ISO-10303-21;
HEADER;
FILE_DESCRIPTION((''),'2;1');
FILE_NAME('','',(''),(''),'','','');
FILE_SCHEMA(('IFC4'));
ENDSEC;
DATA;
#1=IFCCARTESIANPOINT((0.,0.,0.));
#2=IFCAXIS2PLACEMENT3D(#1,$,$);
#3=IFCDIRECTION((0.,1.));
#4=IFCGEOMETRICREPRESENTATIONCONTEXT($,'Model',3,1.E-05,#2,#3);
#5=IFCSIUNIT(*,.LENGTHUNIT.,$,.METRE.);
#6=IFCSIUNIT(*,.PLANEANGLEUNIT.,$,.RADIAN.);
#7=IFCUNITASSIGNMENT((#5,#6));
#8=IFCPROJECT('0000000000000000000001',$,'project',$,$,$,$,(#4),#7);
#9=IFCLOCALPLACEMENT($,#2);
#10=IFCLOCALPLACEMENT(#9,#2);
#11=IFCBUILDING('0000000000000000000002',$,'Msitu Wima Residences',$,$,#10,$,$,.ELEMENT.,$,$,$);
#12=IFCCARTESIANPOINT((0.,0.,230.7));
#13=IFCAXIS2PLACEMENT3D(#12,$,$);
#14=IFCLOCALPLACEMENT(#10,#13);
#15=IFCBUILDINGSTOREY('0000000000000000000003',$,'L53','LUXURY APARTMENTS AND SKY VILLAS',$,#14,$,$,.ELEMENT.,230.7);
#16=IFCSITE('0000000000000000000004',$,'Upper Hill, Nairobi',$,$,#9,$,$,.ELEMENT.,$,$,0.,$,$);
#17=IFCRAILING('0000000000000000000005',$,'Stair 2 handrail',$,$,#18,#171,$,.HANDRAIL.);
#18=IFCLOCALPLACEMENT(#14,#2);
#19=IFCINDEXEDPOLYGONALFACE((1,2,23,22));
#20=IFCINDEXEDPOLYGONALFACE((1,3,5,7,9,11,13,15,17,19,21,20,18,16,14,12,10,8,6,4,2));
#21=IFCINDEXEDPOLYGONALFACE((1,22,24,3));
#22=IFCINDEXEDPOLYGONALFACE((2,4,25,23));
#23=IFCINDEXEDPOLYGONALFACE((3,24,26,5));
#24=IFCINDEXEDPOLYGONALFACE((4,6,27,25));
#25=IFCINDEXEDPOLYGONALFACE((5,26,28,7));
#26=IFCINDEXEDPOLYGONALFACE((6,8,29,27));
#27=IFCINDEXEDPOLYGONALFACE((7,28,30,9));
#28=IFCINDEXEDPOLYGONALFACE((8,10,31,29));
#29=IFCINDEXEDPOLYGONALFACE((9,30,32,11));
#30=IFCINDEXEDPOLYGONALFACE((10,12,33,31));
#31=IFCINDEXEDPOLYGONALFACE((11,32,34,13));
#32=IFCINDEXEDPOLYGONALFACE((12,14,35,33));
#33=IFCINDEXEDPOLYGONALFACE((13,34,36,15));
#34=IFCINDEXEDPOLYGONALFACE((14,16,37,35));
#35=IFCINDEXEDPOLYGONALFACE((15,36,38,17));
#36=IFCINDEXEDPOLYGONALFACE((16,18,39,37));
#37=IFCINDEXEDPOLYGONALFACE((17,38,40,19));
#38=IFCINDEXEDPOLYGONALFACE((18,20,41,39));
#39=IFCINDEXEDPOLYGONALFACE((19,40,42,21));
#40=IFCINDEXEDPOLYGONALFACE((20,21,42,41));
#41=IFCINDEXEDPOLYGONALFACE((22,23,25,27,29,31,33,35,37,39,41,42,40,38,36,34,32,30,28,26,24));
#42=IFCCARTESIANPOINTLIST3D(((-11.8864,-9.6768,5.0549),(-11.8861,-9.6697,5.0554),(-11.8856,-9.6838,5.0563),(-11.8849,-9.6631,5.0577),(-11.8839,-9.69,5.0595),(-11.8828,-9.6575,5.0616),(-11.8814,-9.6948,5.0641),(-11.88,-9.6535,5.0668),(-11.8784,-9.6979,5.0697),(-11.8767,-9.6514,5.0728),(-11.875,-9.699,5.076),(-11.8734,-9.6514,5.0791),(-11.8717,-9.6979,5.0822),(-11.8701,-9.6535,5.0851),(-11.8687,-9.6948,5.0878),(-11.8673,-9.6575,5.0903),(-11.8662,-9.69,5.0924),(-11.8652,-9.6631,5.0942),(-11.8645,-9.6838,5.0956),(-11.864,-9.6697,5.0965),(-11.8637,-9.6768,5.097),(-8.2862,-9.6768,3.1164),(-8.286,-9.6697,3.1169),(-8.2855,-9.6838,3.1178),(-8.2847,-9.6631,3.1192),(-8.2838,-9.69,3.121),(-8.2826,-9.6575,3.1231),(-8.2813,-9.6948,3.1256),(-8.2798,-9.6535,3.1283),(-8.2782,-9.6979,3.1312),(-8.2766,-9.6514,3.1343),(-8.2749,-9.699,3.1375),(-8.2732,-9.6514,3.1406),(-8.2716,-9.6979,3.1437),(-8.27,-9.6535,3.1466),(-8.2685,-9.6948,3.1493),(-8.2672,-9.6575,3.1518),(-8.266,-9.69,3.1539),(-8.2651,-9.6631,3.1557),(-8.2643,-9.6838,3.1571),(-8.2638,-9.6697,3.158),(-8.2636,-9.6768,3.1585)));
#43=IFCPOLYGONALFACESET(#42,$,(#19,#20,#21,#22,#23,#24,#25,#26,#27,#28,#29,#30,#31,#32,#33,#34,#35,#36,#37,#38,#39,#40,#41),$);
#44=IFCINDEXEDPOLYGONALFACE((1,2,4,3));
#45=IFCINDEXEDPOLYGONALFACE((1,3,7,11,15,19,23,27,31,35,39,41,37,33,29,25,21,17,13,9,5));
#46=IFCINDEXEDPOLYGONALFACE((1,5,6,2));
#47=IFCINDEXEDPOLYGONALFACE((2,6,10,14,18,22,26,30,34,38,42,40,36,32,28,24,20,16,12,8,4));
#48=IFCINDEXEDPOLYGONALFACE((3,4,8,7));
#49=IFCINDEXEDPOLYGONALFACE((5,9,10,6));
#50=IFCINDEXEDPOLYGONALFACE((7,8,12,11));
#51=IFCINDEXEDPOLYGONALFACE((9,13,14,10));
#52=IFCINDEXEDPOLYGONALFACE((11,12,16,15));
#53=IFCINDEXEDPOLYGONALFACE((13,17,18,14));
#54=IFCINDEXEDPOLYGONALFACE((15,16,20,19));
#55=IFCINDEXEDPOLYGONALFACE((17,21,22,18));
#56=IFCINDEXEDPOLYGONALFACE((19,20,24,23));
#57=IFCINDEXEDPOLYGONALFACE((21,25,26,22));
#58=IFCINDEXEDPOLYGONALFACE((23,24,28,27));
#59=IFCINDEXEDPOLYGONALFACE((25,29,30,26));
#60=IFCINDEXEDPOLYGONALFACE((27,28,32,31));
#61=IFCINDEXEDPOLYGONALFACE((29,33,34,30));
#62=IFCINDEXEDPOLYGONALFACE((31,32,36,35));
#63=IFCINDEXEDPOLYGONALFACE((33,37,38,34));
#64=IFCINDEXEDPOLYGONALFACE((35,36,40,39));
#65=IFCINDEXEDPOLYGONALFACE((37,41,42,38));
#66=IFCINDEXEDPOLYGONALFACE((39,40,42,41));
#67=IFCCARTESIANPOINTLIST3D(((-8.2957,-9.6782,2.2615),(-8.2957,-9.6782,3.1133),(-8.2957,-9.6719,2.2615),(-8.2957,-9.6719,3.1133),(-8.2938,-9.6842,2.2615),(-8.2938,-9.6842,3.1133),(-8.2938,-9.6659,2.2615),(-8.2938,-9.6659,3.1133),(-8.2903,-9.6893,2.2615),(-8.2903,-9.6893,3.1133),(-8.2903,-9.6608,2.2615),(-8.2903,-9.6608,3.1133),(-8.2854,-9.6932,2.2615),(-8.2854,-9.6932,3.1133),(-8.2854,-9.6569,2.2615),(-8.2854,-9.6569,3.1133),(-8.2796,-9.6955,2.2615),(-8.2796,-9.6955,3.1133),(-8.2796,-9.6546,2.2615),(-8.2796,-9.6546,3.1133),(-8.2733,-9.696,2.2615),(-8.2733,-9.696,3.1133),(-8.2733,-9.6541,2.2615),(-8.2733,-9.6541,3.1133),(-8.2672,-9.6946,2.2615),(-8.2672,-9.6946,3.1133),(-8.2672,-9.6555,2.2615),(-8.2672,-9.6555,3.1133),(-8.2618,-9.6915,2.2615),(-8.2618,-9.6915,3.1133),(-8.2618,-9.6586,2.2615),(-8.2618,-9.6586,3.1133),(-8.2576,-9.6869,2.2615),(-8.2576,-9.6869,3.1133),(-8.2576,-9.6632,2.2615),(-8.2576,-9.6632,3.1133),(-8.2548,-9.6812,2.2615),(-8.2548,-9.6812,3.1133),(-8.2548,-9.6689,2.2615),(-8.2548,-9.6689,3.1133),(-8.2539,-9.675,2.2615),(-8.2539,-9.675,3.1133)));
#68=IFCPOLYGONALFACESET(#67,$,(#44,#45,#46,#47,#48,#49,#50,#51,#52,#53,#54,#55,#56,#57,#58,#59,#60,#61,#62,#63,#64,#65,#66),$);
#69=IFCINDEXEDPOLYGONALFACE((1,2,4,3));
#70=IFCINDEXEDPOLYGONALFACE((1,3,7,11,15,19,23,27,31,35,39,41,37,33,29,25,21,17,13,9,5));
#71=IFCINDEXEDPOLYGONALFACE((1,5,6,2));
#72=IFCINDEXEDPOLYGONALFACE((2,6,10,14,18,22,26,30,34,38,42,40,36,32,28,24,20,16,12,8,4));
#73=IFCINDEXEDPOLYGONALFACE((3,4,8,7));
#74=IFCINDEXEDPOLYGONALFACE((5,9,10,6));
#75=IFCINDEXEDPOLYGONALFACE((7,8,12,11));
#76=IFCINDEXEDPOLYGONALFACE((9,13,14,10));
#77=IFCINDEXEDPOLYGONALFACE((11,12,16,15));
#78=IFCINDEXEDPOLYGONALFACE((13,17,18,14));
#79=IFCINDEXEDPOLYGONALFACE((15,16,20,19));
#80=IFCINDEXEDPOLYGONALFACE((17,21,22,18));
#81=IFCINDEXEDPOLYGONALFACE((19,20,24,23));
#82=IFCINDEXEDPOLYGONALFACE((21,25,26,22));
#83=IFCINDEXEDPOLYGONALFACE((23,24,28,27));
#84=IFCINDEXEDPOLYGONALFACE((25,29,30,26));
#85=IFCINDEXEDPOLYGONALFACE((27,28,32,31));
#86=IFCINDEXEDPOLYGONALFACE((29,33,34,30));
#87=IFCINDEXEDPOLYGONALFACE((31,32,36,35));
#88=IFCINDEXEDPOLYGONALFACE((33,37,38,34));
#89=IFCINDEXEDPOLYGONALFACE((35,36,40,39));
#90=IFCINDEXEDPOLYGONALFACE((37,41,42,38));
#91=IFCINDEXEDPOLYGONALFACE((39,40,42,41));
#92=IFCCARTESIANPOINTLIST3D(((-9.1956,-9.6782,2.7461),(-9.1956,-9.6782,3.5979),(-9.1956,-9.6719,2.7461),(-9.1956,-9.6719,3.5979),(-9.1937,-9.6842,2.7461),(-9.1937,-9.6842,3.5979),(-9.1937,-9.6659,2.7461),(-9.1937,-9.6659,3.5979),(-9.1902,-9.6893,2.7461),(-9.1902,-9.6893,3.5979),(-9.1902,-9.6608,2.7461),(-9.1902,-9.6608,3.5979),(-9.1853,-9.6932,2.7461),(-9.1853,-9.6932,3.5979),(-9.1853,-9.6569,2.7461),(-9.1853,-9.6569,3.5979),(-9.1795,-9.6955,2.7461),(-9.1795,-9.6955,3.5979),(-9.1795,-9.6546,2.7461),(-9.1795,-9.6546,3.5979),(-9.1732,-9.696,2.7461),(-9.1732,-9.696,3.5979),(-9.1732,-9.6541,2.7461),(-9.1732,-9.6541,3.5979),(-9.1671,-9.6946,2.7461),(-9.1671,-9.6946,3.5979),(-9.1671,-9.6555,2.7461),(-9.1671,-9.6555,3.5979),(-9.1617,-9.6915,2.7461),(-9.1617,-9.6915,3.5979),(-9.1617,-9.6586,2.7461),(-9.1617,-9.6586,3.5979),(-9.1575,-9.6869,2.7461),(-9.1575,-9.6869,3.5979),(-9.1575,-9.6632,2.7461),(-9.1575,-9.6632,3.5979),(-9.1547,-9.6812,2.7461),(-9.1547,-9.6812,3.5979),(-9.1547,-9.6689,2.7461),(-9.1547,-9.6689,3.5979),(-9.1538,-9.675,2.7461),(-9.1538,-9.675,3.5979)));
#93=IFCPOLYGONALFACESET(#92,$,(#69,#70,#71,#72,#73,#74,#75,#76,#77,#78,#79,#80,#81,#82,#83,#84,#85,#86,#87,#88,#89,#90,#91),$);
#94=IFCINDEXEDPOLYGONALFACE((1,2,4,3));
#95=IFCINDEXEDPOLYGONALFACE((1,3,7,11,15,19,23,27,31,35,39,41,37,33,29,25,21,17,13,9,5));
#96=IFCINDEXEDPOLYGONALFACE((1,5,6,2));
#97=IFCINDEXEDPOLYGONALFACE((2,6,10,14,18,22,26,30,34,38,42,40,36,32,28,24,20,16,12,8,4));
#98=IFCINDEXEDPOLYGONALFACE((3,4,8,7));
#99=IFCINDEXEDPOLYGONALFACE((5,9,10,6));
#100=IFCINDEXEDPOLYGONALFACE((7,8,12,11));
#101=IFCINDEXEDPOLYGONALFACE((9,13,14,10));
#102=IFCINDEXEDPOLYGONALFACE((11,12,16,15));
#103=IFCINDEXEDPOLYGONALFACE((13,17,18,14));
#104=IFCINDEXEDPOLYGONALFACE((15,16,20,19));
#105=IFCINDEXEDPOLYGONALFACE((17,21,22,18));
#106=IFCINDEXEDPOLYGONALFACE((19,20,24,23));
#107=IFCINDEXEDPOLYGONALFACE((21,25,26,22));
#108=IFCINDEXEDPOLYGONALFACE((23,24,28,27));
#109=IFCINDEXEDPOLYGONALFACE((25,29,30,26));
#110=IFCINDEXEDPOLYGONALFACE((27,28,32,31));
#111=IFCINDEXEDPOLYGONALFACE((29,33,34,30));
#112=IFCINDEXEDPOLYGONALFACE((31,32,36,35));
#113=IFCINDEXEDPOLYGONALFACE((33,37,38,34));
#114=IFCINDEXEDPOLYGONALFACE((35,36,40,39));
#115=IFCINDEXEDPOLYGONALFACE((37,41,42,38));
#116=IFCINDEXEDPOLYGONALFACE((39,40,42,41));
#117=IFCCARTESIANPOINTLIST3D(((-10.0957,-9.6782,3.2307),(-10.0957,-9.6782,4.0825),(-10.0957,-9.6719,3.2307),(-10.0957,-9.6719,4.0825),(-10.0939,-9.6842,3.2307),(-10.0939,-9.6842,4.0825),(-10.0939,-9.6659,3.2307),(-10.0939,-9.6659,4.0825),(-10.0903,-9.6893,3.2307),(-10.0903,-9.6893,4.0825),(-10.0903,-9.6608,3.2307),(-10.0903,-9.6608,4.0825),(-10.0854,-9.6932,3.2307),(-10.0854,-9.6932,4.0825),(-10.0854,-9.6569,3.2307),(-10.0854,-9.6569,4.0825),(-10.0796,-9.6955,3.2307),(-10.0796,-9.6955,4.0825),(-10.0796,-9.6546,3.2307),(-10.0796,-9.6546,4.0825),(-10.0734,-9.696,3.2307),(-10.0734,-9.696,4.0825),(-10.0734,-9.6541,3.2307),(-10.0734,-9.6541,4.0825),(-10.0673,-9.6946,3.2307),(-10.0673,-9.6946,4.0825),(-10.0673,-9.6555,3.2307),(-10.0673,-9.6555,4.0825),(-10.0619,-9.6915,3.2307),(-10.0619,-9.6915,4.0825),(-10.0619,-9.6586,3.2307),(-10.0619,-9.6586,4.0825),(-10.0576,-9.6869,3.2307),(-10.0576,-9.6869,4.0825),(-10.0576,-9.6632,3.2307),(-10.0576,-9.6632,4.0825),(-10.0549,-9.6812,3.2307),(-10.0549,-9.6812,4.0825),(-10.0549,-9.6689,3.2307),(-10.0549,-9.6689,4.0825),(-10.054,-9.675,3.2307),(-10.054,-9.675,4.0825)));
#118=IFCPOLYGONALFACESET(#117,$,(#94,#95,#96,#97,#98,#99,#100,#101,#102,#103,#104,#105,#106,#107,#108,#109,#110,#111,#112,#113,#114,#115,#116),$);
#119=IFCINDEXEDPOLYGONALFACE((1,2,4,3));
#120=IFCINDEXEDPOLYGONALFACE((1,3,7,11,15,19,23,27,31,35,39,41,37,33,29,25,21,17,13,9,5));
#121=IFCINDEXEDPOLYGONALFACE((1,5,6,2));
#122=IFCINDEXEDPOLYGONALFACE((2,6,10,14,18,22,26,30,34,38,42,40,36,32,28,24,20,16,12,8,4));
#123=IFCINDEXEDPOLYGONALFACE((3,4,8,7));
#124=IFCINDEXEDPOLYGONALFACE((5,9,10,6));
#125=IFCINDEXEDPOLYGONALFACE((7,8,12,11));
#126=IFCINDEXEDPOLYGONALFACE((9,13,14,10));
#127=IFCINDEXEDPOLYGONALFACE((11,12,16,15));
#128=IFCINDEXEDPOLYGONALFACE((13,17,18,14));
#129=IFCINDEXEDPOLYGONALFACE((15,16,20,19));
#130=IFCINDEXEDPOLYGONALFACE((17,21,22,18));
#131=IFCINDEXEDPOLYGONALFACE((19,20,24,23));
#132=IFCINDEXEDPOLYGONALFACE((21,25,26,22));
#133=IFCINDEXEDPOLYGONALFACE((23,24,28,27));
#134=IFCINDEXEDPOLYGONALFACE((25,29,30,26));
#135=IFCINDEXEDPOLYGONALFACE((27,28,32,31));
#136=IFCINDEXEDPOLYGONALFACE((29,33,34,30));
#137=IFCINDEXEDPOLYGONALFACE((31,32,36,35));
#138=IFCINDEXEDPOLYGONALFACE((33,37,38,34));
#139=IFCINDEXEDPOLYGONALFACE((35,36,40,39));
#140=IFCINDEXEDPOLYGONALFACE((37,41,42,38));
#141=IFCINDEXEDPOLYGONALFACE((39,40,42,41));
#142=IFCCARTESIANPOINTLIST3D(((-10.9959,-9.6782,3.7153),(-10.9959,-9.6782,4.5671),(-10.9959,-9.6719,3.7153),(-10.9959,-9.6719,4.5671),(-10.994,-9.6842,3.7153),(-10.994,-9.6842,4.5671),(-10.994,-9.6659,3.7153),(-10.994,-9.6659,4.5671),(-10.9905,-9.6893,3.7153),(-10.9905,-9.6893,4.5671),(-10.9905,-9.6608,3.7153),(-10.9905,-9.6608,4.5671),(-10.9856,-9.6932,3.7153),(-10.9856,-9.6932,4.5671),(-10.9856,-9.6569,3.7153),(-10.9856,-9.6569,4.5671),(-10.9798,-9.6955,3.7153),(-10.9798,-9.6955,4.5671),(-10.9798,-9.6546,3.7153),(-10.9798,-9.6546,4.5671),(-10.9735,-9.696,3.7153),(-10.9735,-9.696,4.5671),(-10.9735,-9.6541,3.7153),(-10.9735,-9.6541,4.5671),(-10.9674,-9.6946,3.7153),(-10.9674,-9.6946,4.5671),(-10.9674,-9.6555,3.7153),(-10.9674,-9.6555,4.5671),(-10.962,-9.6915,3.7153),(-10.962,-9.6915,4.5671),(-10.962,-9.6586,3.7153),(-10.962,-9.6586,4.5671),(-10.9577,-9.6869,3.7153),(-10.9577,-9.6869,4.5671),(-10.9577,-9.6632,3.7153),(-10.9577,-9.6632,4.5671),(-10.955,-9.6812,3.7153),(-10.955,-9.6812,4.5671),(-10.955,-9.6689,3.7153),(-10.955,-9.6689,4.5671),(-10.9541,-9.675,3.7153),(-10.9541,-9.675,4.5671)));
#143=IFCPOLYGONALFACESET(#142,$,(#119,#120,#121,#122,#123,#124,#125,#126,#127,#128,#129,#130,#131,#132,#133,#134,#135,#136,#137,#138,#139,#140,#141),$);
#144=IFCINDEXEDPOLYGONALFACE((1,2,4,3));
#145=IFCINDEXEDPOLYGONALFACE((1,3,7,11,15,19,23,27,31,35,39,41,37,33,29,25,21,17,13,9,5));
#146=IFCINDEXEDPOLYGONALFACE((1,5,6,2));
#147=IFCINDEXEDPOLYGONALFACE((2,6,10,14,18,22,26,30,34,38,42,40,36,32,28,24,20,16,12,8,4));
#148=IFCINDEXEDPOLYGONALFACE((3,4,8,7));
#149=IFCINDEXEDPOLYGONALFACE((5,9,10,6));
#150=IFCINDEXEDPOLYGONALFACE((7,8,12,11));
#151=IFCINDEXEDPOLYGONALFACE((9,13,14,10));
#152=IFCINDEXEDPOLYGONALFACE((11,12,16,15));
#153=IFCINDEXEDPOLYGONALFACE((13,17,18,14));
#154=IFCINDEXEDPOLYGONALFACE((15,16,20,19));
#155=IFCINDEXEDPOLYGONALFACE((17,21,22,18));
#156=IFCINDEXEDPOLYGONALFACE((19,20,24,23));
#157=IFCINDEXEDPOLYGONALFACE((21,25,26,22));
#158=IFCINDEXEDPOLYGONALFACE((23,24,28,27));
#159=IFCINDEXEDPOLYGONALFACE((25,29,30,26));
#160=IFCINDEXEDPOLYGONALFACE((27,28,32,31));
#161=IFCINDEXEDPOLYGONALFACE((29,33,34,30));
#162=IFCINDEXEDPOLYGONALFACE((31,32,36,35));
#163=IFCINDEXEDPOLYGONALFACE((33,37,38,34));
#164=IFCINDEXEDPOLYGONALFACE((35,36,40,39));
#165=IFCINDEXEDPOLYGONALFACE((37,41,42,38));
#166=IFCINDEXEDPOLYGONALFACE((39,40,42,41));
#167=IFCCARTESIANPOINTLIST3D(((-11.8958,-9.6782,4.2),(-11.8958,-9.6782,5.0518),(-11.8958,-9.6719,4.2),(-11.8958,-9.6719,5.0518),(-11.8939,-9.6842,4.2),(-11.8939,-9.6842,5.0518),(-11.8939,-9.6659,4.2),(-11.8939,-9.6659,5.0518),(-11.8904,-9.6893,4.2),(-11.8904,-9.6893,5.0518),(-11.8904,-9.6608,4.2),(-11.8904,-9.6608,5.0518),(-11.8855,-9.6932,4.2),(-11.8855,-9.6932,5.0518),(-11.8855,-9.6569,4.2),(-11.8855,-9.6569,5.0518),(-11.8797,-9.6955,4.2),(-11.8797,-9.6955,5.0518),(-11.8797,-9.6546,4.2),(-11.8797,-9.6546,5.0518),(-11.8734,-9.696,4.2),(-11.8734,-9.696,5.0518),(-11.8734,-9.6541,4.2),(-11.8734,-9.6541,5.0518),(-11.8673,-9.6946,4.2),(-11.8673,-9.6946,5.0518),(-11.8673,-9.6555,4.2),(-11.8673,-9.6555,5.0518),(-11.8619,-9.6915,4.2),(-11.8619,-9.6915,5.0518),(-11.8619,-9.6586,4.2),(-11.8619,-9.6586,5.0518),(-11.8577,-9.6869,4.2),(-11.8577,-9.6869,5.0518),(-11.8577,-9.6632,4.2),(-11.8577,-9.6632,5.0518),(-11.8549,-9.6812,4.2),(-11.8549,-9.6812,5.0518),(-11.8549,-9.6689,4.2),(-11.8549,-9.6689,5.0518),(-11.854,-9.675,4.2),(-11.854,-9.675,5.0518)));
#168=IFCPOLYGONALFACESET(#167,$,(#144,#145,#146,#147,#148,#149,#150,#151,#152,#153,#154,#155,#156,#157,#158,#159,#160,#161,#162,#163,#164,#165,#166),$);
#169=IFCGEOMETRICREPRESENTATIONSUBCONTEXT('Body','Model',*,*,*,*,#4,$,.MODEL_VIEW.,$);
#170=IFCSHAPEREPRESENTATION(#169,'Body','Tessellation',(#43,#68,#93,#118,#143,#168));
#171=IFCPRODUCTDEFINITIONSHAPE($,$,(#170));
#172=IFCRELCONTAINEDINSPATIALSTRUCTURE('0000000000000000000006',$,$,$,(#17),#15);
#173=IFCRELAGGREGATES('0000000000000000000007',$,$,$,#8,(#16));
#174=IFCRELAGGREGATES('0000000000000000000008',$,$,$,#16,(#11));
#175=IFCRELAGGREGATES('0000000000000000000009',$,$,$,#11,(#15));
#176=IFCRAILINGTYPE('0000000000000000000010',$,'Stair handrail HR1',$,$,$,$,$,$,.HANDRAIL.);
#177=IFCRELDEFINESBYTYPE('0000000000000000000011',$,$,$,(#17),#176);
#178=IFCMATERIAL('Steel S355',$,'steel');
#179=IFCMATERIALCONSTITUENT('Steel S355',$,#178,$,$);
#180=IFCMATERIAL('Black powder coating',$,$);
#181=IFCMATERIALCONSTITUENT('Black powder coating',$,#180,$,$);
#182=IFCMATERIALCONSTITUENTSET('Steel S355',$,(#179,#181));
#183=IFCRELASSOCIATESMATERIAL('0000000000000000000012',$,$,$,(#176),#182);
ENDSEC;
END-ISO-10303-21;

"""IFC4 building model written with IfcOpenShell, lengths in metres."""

from ifc_helpers import new_model, si_unit, direction, frame, origin, origin_2d, place, context, subcontext, project, spatial, circle, extrude, material, constituent, constituent_set, type_object, element, save


model = new_model("IFC4")

# Units and contexts
model_context = context("Model", 3, precision=1e-05, world=origin(), true_north=direction((0.0, 1.0)))
body_context = subcontext(model_context, "Body", "Model", "MODEL_VIEW")
ifc_project = project(units=[si_unit("LENGTHUNIT", "METRE"), si_unit("PLANEANGLEUNIT", "RADIAN")], contexts=[model_context])

# Site, building, storey
site_placement = place(None, origin())
site = spatial("IfcSite", under=ifc_project, at=site_placement, Name="Upper Hill, Nairobi", CompositionType="ELEMENT", RefElevation=0.0)
building_placement = place(site_placement, origin())
building = spatial("IfcBuilding", under=site, at=building_placement, Name="Msitu Wima Residences", CompositionType="ELEMENT")
storey_placement = place(building_placement, frame((0.0, 0.0, 230.7)))
storey = spatial("IfcBuildingStorey", under=building, at=storey_placement, Name="L53", Description="LUXURY APARTMENTS AND SKY VILLAS", CompositionType="ELEMENT", Elevation=230.7)

# Railing
ifc_material_1 = material(Name="Steel S355", Category="steel")
ifc_constituent_1 = constituent(ifc_material_1, Name="Steel S355")
ifc_material_2 = material(Name="Black powder coating")
ifc_constituent_2 = constituent(ifc_material_2, Name="Black powder coating")
ifc_constituent_set = constituent_set(constituents=[ifc_constituent_1, ifc_constituent_2], Name="Steel S355")
railing_type = type_object("IfcRailingType", Name="Stair handrail HR1", PredefinedType="HANDRAIL", material=ifc_constituent_set)
for number, where, name in (
    (1, (-8.2749, -9.675, 2.2615), "Stair 2 handrail"),
):
    element("IfcRailing", number, at=place(storey_placement, frame(where)), inside=storey, type_object=railing_type, Name=name, PredefinedType="HANDRAIL", context=body_context, shape_type="SweptSolid", body=[
        extrude(circle(Radius=0.0239, at=origin_2d()), frame((0.0, 0.0, 0.876), z_axis=(-0.880475, 0.0, 0.474093), x_axis=(0.0, -1.0, 0.0)), (0.0, 0.0, 1.0), 4.0889),
        extrude(circle(Radius=0.021, at=origin_2d()), origin(), (0.0, 0.0, 1.0), 0.8518),
        extrude(circle(Radius=0.021, at=origin_2d()), frame((-0.8999, 0.0, 0.4846)), (0.0, 0.0, 1.0), 0.8518),
        extrude(circle(Radius=0.021, at=origin_2d()), frame((-1.8, 0.0, 0.9692)), (0.0, 0.0, 1.0), 0.8518),
        extrude(circle(Radius=0.021, at=origin_2d()), frame((-2.7002, 0.0, 1.4539)), (0.0, 0.0, 1.0), 0.8518),
        extrude(circle(Radius=0.021, at=origin_2d()), frame((-3.6001, 0.0, 1.9385)), (0.0, 0.0, 1.0), 0.8518),
    ])

save(model, "model.ifc")
